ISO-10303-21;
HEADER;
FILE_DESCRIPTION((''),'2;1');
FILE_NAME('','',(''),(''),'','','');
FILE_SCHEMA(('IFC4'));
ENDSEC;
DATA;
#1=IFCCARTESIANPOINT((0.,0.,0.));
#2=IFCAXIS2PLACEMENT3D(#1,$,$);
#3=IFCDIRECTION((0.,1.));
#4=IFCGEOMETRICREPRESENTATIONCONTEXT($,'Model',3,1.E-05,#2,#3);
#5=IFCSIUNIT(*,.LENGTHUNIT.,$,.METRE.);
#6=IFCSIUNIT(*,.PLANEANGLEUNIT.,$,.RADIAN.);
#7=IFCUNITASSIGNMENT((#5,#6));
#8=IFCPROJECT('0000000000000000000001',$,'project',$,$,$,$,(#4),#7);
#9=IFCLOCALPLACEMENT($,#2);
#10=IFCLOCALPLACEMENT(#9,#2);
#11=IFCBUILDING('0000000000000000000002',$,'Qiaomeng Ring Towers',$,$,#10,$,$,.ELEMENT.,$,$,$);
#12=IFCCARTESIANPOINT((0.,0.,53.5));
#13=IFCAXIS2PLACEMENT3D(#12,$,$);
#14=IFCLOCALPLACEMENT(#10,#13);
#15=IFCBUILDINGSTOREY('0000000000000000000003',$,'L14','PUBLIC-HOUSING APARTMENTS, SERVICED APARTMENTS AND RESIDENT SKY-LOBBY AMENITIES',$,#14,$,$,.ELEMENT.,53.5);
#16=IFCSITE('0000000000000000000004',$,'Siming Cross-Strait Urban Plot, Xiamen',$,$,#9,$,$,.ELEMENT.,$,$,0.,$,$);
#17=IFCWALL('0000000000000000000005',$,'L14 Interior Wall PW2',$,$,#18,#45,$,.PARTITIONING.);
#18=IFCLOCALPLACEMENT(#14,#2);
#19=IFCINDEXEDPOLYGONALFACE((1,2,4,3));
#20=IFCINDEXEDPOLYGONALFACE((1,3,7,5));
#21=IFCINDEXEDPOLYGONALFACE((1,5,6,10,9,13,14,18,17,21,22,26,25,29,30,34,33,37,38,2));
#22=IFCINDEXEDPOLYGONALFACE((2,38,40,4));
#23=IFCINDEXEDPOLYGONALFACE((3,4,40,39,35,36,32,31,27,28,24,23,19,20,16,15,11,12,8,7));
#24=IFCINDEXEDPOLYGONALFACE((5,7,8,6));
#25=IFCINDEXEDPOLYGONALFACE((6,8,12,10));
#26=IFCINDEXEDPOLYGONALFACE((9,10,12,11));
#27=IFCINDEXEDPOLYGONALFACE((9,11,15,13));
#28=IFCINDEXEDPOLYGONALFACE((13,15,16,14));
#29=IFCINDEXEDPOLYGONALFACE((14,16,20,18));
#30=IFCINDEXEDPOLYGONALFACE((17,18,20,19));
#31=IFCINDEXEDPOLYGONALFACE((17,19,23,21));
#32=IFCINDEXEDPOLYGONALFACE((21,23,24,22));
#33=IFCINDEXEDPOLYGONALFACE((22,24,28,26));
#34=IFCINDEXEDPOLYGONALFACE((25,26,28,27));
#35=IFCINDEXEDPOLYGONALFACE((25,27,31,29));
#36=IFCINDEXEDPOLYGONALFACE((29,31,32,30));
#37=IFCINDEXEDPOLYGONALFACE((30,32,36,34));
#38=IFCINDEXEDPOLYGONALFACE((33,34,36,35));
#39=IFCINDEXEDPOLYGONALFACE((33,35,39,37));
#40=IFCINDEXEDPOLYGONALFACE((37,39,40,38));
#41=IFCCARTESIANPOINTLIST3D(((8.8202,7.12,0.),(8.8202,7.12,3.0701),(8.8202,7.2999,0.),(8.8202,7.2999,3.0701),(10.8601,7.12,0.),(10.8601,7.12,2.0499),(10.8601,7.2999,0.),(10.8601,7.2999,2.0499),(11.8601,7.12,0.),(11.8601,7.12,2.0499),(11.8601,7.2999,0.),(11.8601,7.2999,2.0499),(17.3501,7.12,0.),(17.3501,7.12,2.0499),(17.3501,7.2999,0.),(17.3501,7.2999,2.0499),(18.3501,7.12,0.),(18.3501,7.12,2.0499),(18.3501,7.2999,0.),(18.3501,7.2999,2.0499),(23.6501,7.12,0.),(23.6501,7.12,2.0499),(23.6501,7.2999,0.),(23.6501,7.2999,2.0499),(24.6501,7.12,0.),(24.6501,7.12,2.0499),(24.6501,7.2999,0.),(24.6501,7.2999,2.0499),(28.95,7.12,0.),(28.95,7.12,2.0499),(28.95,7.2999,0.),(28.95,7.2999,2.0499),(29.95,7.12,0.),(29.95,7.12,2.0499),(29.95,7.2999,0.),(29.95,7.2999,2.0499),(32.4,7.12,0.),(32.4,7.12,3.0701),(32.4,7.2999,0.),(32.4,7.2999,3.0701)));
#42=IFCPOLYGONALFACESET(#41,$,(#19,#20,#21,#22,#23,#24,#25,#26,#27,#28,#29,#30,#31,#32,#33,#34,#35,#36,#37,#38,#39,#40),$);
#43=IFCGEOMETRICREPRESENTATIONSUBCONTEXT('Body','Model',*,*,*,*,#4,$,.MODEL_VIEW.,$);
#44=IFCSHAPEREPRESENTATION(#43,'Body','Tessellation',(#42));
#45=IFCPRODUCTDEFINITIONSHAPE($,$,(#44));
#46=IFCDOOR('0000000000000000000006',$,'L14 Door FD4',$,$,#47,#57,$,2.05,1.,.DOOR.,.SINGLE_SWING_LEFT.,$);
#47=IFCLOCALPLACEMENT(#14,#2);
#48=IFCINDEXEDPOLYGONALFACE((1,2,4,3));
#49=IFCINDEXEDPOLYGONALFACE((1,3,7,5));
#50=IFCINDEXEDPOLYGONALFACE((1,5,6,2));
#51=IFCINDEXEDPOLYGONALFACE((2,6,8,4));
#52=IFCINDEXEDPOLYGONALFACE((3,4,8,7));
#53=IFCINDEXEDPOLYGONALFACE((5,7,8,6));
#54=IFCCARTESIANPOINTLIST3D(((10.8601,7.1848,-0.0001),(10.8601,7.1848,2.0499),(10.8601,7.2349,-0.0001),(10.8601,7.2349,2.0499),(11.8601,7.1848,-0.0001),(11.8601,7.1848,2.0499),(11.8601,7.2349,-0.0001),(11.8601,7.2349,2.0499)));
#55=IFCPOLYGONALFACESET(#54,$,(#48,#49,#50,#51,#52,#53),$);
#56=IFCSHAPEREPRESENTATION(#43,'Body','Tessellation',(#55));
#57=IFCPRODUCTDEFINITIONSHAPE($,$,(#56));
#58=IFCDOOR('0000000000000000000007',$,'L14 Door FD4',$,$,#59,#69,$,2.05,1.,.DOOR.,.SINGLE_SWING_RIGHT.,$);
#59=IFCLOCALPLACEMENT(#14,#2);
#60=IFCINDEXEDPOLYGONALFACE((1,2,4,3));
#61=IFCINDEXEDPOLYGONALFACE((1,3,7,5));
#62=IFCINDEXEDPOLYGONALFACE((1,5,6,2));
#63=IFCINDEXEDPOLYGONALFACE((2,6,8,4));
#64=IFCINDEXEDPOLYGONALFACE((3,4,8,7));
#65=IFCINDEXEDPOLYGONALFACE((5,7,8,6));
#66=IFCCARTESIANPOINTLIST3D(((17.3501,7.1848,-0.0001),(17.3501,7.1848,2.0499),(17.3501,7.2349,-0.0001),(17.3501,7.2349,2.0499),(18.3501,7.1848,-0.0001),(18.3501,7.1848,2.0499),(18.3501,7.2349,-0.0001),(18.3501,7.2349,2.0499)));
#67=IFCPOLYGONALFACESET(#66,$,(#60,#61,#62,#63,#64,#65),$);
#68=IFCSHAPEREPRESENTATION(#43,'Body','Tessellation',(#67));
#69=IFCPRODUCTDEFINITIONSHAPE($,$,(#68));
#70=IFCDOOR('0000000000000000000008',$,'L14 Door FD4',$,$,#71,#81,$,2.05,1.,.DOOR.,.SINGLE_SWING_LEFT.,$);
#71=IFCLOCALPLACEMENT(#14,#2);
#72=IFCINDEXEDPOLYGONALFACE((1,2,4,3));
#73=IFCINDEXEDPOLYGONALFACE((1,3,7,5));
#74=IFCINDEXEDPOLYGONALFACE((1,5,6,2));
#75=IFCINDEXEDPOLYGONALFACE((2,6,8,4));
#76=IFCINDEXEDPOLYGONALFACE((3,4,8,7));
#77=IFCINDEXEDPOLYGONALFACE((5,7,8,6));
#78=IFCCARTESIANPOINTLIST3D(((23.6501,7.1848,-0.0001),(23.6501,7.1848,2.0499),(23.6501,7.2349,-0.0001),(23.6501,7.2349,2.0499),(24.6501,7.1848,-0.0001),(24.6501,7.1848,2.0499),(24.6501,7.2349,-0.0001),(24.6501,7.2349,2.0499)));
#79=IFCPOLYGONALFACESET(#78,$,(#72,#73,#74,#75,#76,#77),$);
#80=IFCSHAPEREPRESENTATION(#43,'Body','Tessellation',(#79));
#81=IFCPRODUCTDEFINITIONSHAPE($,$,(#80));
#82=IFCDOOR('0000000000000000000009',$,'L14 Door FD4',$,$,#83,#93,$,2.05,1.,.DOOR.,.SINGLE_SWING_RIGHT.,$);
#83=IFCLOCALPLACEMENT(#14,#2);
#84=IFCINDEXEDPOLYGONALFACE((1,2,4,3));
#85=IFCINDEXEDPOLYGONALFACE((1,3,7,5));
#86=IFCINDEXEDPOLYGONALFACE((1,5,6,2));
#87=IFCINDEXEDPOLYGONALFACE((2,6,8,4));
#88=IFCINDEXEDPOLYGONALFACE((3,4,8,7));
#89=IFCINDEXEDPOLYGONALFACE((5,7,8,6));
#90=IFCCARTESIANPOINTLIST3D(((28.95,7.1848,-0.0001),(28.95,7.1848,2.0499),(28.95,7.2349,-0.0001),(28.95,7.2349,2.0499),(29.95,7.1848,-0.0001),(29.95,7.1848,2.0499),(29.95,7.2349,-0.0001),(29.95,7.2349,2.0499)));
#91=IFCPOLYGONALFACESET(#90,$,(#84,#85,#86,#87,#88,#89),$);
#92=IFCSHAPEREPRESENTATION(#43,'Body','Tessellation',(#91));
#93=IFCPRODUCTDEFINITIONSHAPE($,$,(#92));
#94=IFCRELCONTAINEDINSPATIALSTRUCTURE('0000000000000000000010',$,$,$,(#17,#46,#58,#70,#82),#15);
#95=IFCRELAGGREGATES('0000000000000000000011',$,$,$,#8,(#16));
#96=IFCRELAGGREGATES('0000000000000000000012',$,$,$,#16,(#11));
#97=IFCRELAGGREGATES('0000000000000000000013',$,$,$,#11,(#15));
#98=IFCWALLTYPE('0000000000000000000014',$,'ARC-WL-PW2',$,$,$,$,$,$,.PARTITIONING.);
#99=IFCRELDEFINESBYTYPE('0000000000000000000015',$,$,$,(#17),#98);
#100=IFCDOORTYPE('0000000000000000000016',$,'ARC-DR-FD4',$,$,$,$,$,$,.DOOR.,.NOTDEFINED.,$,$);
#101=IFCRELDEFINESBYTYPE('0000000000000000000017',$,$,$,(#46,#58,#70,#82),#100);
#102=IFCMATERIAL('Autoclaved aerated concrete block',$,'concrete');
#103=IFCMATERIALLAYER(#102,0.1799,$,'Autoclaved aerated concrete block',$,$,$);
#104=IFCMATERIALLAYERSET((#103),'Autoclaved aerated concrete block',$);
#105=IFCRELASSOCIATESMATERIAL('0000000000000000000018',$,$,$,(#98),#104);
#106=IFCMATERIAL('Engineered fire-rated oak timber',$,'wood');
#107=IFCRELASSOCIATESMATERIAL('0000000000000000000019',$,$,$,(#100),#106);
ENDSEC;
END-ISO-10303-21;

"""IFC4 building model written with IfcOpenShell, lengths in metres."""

from ifc_helpers import new_model, si_unit, direction, frame, frame_2d, origin, place, context, subcontext, project, spatial, rectangle, extrude, source, transform, mapped, material, layer, layer_set, type_object, element, fill, save


model = new_model("IFC4")

# Units and contexts
model_context = context("Model", 3, precision=1e-05, world=origin(), true_north=direction((0.0, 1.0)))
body_context = subcontext(model_context, "Body", "Model", "MODEL_VIEW")
ifc_project = project(units=[si_unit("LENGTHUNIT", "METRE"), si_unit("PLANEANGLEUNIT", "RADIAN")], contexts=[model_context])

# Site, building, storey
site_placement = place(None, origin())
site = spatial("IfcSite", under=ifc_project, at=site_placement, Name="Siming Cross-Strait Urban Plot, Xiamen", CompositionType="ELEMENT", RefElevation=0.0)
building_placement = place(site_placement, origin())
building = spatial("IfcBuilding", under=site, at=building_placement, Name="Qiaomeng Ring Towers", CompositionType="ELEMENT")
storey_placement = place(building_placement, frame((0.0, 0.0, 53.5)))
storey = spatial("IfcBuildingStorey", under=building, at=storey_placement, Name="L14", Description="PUBLIC-HOUSING APARTMENTS, SERVICED APARTMENTS AND RESIDENT SKY-LOBBY AMENITIES", CompositionType="ELEMENT", Elevation=53.5)

# Wall, openings, doors
ifc_material_1 = material(Name="Autoclaved aerated concrete block", Category="concrete")
ifc_layer_1 = layer(ifc_material_1, 0.1799, Name="Autoclaved aerated concrete block")
ifc_layer_set_1 = layer_set([ifc_layer_1], Name="Autoclaved aerated concrete block")
wall_type_1 = type_object("IfcWallType", Name="ARC-WL-PW2", PredefinedType="PARTITIONING", material=ifc_layer_set_1)
wall_1_placement = place(storey_placement, frame((8.8201, 7.21, 0.0), z_axis=(0.0, 0.0, 1.0), x_axis=(1.0, 0.0, 0.0)))
wall_1 = element("IfcWall", 1, at=wall_1_placement, inside=storey, type_object=wall_type_1, Name="L14 Interior Wall PW2", PredefinedType="PARTITIONING", context=body_context, shape_type="SweptSolid", body=[
    extrude(rectangle(XDim=23.5798, YDim=0.1799, at=frame_2d((11.79, 0.0))), origin(), (0.0, 0.0, 1.0), 3.0701),
])
opening_1_placement = place(wall_1_placement, frame((2.04, 0.0, 0.0)))
opening_1 = element("IfcOpeningElement", 2, at=opening_1_placement, cuts=wall_1, PredefinedType="OPENING", context=body_context, shape_type="SweptSolid", body=[
    extrude(rectangle(XDim=1.0, YDim=2.05, at=frame_2d((0.5, 1.0249))), frame((0.0, 0.0999, 0.0), z_axis=(0.0, -1.0, 0.0), x_axis=(1.0, 0.0, 0.0)), (0.0, 0.0, 1.0), 0.2),
])
opening_2_placement = place(wall_1_placement, frame((8.53, 0.0, 0.0)))
opening_2 = element("IfcOpeningElement", 3, at=opening_2_placement, cuts=wall_1, PredefinedType="OPENING", context=body_context, shape_type="SweptSolid", body=[
    extrude(rectangle(XDim=1.0, YDim=2.05, at=frame_2d((0.5, 1.0249))), frame((0.0, 0.0999, 0.0), z_axis=(0.0, -1.0, 0.0), x_axis=(1.0, 0.0, 0.0)), (0.0, 0.0, 1.0), 0.2),
])
opening_3_placement = place(wall_1_placement, frame((14.8301, 0.0, 0.0)))
opening_3 = element("IfcOpeningElement", 4, at=opening_3_placement, cuts=wall_1, PredefinedType="OPENING", context=body_context, shape_type="SweptSolid", body=[
    extrude(rectangle(XDim=1.0, YDim=2.05, at=frame_2d((0.5, 1.0249))), frame((0.0, 0.0999, 0.0), z_axis=(0.0, -1.0, 0.0), x_axis=(1.0, 0.0, 0.0)), (0.0, 0.0, 1.0), 0.2),
])
opening_4_placement = place(wall_1_placement, frame((20.1299, 0.0, 0.0)))
opening_4 = element("IfcOpeningElement", 5, at=opening_4_placement, cuts=wall_1, PredefinedType="OPENING", context=body_context, shape_type="SweptSolid", body=[
    extrude(rectangle(XDim=1.0, YDim=2.05, at=frame_2d((0.5, 1.0249))), frame((0.0, 0.0999, 0.0), z_axis=(0.0, -1.0, 0.0), x_axis=(1.0, 0.0, 0.0)), (0.0, 0.0, 1.0), 0.2),
])
ifc_material_2 = material(Name="Engineered fire-rated oak timber", Category="wood")
door_type_1 = type_object("IfcDoorType", Name="ARC-DR-FD4", OperationType="NOTDEFINED", PredefinedType="DOOR", material=ifc_material_2)
shared_shape_1 = source(origin(), body_context, "Body", "SweptSolid", [
    extrude(rectangle(XDim=1.0, YDim=2.05, at=frame_2d((0.5, 1.0249))), frame((0.0, 0.0249, 0.0), z_axis=(0.0, -1.0, 0.0), x_axis=(1.0, 0.0, 0.0)), (0.0, 0.0, 1.0), 0.05),
])
door_1_placement = place(opening_1_placement, origin())
door_1 = element("IfcDoor", 6, at=door_1_placement, inside=storey, type_object=door_type_1, Name="L14 Door FD4", OperationType="SINGLE_SWING_LEFT", OverallHeight=2.05, OverallWidth=1.0, PredefinedType="DOOR", context=body_context, shape_type="MappedRepresentation", body=[
    mapped(shared_shape_1, transform((0.0, 0.0, 0.0), x_axis=(1.0, 0.0, 0.0), y_axis=(0.0, 1.0, 0.0), z_axis=(0.0, 0.0, 1.0), scale=1.0)),
])
fill(opening_1, door_1)
door_2_placement = place(opening_2_placement, origin())
door_2 = element("IfcDoor", 7, at=door_2_placement, inside=storey, type_object=door_type_1, Name="L14 Door FD4", OperationType="SINGLE_SWING_RIGHT", OverallHeight=2.05, OverallWidth=1.0, PredefinedType="DOOR", context=body_context, shape_type="MappedRepresentation", body=[
    mapped(shared_shape_1, transform((0.0, 0.0, 0.0), x_axis=(1.0, 0.0, 0.0), y_axis=(0.0, 1.0, 0.0), z_axis=(0.0, 0.0, 1.0), scale=1.0)),
])
fill(opening_2, door_2)
door_3_placement = place(opening_3_placement, origin())
door_3 = element("IfcDoor", 8, at=door_3_placement, inside=storey, type_object=door_type_1, Name="L14 Door FD4", OperationType="SINGLE_SWING_LEFT", OverallHeight=2.05, OverallWidth=1.0, PredefinedType="DOOR", context=body_context, shape_type="MappedRepresentation", body=[
    mapped(shared_shape_1, transform((0.0, 0.0, 0.0), x_axis=(1.0, 0.0, 0.0), y_axis=(0.0, 1.0, 0.0), z_axis=(0.0, 0.0, 1.0), scale=1.0)),
])
fill(opening_3, door_3)
door_4_placement = place(opening_4_placement, origin())
door_4 = element("IfcDoor", 9, at=door_4_placement, inside=storey, type_object=door_type_1, Name="L14 Door FD4", OperationType="SINGLE_SWING_RIGHT", OverallHeight=2.05, OverallWidth=1.0, PredefinedType="DOOR", context=body_context, shape_type="MappedRepresentation", body=[
    mapped(shared_shape_1, transform((0.0, 0.0, 0.0), x_axis=(1.0, 0.0, 0.0), y_axis=(0.0, 1.0, 0.0), z_axis=(0.0, 0.0, 1.0), scale=1.0)),
])
fill(opening_4, door_4)

save(model, "model.ifc")
